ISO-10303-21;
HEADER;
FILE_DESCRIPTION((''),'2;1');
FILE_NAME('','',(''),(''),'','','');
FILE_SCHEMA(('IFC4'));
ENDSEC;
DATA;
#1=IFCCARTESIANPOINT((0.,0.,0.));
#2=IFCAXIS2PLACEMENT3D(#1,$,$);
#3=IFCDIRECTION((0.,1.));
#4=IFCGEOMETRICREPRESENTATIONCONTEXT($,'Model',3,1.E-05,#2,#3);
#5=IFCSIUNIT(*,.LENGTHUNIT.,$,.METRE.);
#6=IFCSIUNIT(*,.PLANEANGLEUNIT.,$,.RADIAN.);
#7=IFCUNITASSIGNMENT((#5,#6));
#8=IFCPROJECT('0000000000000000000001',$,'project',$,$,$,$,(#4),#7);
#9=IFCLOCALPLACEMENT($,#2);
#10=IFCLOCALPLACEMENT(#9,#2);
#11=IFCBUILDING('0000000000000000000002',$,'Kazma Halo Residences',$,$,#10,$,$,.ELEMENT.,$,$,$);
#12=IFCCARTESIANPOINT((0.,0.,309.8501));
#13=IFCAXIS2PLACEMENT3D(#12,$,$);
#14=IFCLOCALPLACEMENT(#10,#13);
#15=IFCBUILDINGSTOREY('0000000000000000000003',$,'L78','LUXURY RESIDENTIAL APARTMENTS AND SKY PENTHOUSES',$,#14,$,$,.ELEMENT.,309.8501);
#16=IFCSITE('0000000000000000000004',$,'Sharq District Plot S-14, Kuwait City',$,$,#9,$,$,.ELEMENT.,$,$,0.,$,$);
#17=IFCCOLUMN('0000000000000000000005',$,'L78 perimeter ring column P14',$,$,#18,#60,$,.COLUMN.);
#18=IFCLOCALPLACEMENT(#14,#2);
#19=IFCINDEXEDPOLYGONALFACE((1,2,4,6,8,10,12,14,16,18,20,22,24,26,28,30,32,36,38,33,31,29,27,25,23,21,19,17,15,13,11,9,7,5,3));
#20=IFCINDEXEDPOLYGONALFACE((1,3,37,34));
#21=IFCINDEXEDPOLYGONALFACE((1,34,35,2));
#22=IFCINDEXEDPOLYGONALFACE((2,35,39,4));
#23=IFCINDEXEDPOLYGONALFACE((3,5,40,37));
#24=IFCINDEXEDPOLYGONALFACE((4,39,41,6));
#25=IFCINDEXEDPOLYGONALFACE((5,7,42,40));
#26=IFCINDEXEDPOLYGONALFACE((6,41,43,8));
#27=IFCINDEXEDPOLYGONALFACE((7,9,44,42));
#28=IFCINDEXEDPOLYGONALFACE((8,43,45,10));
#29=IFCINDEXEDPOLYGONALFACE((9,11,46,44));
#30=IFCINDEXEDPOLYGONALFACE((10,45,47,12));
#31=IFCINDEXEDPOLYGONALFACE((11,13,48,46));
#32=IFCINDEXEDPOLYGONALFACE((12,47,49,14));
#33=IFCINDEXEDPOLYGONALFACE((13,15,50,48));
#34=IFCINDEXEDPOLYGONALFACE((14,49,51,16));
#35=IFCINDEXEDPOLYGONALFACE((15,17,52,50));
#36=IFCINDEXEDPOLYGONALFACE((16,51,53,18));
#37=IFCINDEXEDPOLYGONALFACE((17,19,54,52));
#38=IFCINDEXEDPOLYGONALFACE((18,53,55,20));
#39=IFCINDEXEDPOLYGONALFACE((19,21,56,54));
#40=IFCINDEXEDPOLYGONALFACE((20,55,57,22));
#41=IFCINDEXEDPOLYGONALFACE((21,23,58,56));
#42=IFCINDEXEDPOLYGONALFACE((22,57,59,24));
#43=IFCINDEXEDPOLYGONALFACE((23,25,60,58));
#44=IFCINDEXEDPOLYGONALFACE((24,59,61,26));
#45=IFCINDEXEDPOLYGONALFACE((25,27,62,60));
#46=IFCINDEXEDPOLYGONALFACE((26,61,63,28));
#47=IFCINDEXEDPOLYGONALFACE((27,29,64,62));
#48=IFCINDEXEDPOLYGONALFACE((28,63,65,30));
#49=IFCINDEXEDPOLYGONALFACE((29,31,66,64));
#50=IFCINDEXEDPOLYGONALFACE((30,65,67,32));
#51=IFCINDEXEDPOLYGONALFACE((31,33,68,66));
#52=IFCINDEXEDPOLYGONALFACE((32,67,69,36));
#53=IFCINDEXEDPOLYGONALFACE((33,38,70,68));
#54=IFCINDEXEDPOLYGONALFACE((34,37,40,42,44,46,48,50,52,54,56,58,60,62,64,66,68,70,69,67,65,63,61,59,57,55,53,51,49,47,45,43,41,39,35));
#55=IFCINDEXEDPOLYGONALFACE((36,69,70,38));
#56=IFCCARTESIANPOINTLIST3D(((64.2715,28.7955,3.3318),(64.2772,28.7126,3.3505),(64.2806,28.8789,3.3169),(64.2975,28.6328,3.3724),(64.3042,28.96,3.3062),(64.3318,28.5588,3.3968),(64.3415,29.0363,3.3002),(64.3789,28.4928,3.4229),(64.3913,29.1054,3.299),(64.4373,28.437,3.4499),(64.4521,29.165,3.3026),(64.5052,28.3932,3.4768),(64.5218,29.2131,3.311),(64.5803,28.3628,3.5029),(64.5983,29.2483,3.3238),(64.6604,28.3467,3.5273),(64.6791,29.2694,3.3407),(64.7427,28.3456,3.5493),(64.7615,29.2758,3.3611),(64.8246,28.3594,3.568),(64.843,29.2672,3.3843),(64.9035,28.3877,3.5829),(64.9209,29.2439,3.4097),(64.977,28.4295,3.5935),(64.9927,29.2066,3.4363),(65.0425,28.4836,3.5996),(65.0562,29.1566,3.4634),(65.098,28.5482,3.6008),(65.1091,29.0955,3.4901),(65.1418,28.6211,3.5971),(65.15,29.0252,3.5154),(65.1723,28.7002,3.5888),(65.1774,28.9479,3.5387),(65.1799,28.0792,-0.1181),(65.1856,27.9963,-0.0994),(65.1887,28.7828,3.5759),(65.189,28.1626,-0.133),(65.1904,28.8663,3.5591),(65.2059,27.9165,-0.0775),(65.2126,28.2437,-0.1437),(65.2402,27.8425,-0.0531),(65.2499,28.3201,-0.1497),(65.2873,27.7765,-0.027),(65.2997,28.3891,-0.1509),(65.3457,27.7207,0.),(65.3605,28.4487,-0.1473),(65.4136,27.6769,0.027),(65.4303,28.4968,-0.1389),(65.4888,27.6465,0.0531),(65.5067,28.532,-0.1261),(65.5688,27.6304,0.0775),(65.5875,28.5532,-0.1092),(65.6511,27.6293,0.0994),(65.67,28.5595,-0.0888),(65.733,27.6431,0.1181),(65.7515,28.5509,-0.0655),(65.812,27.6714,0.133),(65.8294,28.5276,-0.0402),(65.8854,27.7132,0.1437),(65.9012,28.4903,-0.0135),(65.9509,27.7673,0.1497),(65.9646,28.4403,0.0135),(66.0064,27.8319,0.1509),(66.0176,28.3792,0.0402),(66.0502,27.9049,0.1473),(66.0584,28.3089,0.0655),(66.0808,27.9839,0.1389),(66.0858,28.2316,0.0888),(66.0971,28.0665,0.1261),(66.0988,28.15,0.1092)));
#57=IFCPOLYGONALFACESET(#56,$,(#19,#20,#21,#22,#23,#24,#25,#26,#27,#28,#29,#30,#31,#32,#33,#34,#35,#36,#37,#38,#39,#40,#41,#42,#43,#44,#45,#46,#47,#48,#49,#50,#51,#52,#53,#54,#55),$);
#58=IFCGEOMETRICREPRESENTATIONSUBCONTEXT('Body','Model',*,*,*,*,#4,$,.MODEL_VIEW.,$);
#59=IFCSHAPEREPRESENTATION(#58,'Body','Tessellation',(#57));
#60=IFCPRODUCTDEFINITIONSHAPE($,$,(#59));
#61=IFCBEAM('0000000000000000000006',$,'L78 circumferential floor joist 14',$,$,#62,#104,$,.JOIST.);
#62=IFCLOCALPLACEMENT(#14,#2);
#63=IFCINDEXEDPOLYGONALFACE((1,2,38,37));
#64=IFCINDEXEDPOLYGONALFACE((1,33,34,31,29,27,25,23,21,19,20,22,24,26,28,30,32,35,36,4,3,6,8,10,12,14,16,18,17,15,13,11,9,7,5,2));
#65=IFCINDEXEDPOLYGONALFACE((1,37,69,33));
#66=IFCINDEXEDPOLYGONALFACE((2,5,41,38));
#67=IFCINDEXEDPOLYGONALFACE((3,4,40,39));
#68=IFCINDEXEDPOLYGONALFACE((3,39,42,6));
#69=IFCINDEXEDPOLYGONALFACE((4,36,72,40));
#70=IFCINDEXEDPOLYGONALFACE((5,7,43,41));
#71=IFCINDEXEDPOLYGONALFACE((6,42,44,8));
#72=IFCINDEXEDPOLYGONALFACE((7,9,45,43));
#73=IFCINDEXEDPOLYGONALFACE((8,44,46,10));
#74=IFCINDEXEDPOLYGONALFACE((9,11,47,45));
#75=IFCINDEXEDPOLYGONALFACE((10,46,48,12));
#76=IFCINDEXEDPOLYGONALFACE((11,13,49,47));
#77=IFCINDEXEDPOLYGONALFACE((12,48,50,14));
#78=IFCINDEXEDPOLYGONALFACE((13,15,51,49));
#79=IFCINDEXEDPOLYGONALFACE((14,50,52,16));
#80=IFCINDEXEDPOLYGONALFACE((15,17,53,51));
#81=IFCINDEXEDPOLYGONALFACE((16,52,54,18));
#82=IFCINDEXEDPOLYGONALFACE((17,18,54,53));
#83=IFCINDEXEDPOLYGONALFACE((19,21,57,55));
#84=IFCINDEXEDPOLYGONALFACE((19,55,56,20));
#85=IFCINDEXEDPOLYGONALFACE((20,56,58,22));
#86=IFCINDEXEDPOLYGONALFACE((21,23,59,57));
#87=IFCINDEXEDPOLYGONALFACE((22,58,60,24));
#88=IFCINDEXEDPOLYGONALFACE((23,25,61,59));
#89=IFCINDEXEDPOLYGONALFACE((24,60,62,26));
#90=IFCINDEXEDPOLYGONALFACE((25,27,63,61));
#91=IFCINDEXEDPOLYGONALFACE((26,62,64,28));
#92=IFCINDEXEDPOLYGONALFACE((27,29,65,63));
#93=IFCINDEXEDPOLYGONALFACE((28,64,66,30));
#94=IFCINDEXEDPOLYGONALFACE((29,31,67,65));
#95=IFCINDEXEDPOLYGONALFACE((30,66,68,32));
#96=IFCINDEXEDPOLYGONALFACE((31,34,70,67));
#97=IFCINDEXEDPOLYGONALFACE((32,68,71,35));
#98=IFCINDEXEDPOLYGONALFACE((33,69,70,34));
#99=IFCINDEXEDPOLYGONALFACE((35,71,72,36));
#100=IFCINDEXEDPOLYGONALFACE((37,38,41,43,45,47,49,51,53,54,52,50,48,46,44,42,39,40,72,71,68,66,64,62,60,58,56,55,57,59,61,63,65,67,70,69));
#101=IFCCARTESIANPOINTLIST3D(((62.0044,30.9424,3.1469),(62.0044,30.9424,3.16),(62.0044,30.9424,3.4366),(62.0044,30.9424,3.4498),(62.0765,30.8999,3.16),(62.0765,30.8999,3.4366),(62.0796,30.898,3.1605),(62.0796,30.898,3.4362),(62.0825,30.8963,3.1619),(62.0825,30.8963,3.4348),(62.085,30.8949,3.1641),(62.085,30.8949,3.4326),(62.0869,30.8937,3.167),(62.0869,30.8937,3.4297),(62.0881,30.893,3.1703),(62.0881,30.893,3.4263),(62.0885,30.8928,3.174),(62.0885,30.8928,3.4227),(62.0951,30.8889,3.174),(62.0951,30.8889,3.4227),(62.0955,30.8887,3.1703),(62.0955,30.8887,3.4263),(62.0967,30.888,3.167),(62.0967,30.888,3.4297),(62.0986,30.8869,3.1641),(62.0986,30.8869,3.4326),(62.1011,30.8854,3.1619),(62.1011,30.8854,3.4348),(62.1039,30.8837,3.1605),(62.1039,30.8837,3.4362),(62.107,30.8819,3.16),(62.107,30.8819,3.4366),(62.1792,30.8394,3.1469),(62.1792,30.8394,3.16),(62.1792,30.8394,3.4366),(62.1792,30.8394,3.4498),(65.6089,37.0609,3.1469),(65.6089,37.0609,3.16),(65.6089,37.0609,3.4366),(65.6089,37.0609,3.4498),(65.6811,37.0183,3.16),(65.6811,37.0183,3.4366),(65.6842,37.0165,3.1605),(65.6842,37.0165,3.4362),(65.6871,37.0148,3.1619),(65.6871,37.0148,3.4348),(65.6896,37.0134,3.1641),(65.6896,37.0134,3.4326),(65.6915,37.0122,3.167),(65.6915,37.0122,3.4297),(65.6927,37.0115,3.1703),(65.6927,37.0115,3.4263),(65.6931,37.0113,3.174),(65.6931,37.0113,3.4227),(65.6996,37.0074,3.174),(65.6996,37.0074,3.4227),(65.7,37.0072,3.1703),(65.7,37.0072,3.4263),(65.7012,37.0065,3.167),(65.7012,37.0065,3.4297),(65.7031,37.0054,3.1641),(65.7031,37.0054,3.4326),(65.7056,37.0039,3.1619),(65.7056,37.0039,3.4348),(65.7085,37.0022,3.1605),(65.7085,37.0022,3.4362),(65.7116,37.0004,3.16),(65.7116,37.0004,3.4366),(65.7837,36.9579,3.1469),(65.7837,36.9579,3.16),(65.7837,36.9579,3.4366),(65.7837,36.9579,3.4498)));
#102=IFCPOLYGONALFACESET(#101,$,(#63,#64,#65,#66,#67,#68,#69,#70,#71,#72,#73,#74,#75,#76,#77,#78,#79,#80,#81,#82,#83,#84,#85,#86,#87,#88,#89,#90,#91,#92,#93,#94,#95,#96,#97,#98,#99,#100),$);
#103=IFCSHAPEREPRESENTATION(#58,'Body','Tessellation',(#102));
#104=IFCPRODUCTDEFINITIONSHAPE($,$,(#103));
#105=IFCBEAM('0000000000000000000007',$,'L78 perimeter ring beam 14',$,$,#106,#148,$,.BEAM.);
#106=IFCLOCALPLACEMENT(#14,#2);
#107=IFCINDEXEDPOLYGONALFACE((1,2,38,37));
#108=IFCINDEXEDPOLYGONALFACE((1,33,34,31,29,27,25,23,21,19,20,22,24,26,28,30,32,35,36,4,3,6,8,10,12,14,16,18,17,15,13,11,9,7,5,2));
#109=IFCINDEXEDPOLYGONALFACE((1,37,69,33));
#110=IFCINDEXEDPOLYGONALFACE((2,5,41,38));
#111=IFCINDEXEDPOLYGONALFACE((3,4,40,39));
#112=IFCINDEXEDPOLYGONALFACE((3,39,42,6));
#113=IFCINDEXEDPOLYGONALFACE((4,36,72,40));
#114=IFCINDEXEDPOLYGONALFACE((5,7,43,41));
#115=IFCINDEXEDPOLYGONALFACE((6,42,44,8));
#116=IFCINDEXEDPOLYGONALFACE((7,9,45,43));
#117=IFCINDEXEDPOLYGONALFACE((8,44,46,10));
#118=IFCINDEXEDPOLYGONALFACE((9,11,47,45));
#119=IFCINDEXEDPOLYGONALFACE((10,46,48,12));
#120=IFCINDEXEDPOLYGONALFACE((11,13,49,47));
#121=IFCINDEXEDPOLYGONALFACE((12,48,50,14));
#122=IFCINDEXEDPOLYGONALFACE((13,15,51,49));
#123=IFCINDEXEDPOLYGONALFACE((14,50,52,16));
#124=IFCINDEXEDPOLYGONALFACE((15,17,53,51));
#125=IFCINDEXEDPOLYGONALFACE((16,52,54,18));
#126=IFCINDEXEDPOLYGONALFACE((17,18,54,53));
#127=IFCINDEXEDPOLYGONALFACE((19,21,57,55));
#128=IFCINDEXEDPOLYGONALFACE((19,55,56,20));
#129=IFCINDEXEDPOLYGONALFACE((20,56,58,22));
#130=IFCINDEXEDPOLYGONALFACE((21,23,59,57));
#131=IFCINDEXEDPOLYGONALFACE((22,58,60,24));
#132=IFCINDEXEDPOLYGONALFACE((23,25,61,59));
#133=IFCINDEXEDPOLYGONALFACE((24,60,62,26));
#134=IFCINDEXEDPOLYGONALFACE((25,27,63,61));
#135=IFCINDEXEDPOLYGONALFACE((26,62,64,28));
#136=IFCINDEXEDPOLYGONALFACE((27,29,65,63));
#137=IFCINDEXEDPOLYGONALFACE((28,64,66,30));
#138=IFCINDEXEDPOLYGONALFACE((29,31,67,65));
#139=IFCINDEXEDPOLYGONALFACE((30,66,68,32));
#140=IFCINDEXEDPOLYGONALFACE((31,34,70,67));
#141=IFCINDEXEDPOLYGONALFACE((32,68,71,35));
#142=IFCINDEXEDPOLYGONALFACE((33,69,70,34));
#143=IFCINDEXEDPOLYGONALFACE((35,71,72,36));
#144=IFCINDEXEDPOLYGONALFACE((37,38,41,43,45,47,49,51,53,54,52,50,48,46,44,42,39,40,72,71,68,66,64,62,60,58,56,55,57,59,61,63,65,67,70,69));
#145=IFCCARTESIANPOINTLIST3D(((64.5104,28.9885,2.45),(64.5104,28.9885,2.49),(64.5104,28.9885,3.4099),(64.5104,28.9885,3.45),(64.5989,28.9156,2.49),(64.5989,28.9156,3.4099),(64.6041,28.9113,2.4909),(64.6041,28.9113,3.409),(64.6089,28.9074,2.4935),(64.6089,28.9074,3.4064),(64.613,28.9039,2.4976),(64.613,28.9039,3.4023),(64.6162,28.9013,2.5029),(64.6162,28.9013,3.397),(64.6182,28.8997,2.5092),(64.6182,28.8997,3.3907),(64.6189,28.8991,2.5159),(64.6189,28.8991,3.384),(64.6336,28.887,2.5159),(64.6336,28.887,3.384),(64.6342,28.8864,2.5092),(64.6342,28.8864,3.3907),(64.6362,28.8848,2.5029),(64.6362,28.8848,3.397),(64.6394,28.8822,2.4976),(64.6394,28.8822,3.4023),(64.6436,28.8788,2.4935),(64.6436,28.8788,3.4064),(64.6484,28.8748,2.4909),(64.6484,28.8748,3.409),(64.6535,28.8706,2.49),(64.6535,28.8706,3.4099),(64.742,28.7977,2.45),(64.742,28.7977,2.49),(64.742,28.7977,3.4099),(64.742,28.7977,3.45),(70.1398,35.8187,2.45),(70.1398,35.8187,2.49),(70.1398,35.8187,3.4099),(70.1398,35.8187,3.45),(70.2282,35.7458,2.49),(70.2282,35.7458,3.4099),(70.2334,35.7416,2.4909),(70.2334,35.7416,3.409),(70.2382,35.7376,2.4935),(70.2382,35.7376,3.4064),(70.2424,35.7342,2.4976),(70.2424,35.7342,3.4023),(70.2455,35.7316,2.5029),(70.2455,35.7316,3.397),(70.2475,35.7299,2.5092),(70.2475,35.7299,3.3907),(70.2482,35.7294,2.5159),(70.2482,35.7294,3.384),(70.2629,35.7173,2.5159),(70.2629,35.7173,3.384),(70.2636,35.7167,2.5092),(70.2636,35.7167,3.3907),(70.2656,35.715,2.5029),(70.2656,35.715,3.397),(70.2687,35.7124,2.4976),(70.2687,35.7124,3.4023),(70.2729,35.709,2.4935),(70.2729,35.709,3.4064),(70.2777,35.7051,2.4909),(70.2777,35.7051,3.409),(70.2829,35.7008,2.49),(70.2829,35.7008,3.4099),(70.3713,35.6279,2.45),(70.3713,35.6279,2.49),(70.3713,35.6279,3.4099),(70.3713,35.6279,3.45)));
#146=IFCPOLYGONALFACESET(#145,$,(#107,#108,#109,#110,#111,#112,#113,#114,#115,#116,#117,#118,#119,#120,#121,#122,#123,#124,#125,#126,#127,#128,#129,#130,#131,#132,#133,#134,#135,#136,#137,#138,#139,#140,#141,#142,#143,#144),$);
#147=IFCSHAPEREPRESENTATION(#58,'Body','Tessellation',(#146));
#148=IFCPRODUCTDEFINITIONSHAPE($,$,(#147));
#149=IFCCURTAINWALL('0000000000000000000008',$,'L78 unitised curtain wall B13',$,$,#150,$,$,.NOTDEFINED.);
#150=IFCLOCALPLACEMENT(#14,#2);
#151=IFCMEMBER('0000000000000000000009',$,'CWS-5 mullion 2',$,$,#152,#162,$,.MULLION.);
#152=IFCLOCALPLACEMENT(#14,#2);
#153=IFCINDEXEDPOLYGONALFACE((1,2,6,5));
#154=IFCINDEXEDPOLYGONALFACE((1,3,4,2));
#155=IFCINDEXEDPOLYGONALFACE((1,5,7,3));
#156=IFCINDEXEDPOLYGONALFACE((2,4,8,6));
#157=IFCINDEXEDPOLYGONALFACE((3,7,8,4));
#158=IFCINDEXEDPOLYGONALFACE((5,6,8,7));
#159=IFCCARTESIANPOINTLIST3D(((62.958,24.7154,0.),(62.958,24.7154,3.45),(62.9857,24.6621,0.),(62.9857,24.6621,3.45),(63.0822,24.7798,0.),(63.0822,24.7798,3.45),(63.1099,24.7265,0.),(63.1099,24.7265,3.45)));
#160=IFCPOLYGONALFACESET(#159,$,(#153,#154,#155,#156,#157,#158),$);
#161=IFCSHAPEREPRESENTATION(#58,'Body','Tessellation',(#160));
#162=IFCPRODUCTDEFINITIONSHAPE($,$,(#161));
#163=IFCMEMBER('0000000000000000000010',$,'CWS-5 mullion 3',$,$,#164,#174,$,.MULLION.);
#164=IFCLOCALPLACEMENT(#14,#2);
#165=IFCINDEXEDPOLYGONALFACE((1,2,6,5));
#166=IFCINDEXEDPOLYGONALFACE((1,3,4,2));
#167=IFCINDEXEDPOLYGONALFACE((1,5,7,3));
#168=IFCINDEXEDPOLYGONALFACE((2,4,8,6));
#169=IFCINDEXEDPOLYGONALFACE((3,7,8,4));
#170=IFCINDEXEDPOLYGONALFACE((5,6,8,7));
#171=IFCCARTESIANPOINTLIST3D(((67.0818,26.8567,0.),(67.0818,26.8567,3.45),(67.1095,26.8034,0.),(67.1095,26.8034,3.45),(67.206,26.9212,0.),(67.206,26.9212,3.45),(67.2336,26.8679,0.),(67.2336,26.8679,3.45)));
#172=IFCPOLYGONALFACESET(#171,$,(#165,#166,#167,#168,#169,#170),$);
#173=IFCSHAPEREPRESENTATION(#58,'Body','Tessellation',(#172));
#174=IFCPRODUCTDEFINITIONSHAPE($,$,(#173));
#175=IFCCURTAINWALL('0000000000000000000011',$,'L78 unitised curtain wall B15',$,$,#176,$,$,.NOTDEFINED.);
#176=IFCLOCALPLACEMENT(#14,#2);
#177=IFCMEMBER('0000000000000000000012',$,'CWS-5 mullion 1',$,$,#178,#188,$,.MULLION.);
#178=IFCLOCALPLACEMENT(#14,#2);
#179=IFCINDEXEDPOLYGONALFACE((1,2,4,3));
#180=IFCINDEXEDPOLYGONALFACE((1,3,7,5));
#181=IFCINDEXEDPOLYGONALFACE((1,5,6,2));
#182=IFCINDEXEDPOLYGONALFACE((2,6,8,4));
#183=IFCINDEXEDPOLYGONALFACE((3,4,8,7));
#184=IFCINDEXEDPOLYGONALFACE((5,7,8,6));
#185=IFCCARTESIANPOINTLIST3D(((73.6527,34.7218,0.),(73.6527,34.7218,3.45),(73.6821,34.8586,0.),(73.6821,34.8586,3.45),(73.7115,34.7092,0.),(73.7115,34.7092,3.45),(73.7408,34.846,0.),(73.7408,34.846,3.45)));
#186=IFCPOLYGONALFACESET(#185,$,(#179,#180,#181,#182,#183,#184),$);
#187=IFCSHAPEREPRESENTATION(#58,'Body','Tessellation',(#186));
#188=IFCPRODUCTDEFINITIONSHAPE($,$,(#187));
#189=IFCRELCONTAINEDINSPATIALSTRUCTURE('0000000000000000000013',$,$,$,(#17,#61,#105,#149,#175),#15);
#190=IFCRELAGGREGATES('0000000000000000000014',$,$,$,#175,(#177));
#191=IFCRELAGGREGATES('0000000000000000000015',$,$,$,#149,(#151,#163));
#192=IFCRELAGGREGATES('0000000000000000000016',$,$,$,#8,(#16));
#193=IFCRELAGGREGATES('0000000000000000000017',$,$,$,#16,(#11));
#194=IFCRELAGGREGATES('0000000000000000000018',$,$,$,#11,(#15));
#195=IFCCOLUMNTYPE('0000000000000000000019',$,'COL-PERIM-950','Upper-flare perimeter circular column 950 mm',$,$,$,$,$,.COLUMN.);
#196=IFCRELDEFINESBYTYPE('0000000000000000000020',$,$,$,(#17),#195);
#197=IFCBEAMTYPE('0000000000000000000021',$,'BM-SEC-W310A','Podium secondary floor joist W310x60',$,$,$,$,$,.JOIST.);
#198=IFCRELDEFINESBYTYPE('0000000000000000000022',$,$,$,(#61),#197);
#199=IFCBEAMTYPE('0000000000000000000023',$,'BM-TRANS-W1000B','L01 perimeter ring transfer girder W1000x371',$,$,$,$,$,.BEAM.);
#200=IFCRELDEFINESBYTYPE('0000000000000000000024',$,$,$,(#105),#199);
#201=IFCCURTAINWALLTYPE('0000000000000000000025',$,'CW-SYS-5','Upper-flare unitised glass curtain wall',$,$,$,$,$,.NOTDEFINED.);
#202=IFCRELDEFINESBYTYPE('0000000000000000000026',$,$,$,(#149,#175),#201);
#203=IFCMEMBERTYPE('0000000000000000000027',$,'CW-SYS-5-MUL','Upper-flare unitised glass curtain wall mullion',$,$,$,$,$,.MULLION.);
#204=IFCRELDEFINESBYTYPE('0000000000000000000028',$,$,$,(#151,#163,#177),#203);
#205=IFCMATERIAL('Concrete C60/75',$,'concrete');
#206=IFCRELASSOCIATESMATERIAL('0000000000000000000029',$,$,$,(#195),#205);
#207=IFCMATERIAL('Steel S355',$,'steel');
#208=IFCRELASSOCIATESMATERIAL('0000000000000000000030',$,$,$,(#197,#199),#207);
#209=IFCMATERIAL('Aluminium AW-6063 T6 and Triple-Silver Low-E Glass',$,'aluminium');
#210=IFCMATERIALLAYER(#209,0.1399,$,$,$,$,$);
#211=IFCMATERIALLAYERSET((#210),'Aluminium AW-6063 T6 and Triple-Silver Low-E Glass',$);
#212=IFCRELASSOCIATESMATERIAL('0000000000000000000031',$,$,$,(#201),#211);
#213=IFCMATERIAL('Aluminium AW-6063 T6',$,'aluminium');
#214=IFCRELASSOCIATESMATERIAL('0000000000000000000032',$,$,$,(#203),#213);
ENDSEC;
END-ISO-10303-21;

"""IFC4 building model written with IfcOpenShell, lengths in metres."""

from ifc_helpers import new_model, si_unit, direction, frame, origin, origin_2d, place, context, subcontext, project, spatial, rectangle, circle, i_section, extrude, material, layer, layer_set, material_profile, profile_set, type_object, element, aggregate, save


model = new_model("IFC4")

# Units and contexts
model_context = context("Model", 3, precision=1e-05, world=origin(), true_north=direction((0.0, 1.0)))
body_context = subcontext(model_context, "Body", "Model", "MODEL_VIEW")
ifc_project = project(units=[si_unit("LENGTHUNIT", "METRE"), si_unit("PLANEANGLEUNIT", "RADIAN")], contexts=[model_context])

# Site, building, storey
site_placement = place(None, origin())
site = spatial("IfcSite", under=ifc_project, at=site_placement, Name="Sharq District Plot S-14, Kuwait City", CompositionType="ELEMENT", RefElevation=0.0)
building_placement = place(site_placement, origin())
building = spatial("IfcBuilding", under=site, at=building_placement, Name="Kazma Halo Residences", CompositionType="ELEMENT")
storey_placement = place(building_placement, frame((0.0, 0.0, 309.8501)))
storey = spatial("IfcBuildingStorey", under=building, at=storey_placement, Name="L78", Description="LUXURY RESIDENTIAL APARTMENTS AND SKY PENTHOUSES", CompositionType="ELEMENT", Elevation=309.8501)

# Column
ifc_material_1 = material(Name="Concrete C60/75", Category="concrete")
ifc_material_profile_1 = material_profile(ifc_material_1, circle(Radius=0.4751, at=origin_2d()), Name="CIRC950")
ifc_profile_set_1 = profile_set([ifc_material_profile_1], Name="Concrete C60/75")
column_type = type_object("IfcColumnType", Name="COL-PERIM-950", Description="Upper-flare perimeter circular column 950 mm", PredefinedType="COLUMN", material=ifc_profile_set_1)
column_placement = place(storey_placement, frame((65.6399, 28.0938, 0.0), z_axis=(-0.249659, 0.196855, 0.948113), x_axis=(-0.619172, -0.785255, 0.0)))
element("IfcColumn", 1, at=column_placement, inside=storey, type_object=column_type, Name="L78 perimeter ring column P14", PredefinedType="COLUMN", context=body_context, shape_type="SweptSolid", body=[
    extrude(circle(Radius=0.4751, at=origin_2d()), origin(), (0.0, 0.0, 1.0), 3.6387),
])

# Beams
ifc_material_2 = material(Name="Steel S355", Category="steel")
ifc_material_profile_2 = material_profile(ifc_material_2, i_section(OverallWidth=0.2029, OverallDepth=0.303, WebThickness=0.0076, FlangeThickness=0.0132, FilletRadius=0.0139, at=origin_2d()), Name="W310x60")
ifc_profile_set_2 = profile_set([ifc_material_profile_2], Name="Steel S355")
beam_type_1 = type_object("IfcBeamType", Name="BM-SEC-W310A", Description="Podium secondary floor joist W310x60", PredefinedType="JOIST", material=ifc_profile_set_2)
beam_1_placement = place(storey_placement, frame((62.0918, 30.8909, 3.2983), z_axis=(0.507588, 0.8616, 0.0), x_axis=(-0.8616, 0.507588, 0.0)))
element("IfcBeam", 2, at=beam_1_placement, inside=storey, type_object=beam_type_1, Name="L78 circumferential floor joist 14", PredefinedType="JOIST", context=body_context, shape_type="SweptSolid", body=[
    extrude(i_section(OverallWidth=0.2029, OverallDepth=0.303, WebThickness=0.0076, FlangeThickness=0.0132, FilletRadius=0.0139, at=origin_2d()), origin(), (0.0, 0.0, 1.0), 7.1013),
])
ifc_material_profile_3 = material_profile(ifc_material_2, i_section(OverallWidth=0.3, OverallDepth=1.0, WebThickness=0.019, FlangeThickness=0.04, FilletRadius=0.0259, at=origin_2d()), Name="W1000x371")
ifc_profile_set_3 = profile_set([ifc_material_profile_3], Name="Steel S355")
beam_type_2 = type_object("IfcBeamType", Name="BM-TRANS-W1000B", Description="L01 perimeter ring transfer girder W1000x371", PredefinedType="BEAM", material=ifc_profile_set_3)
beam_2_placement = place(storey_placement, frame((64.6262, 28.8931, 2.95), z_axis=(0.636005, 0.771685, 0.0), x_axis=(-0.771685, 0.636005, 0.0)))
element("IfcBeam", 3, at=beam_2_placement, inside=storey, type_object=beam_type_2, Name="L78 perimeter ring beam 14", PredefinedType="BEAM", context=body_context, shape_type="SweptSolid", body=[
    extrude(i_section(OverallWidth=0.3, OverallDepth=1.0, WebThickness=0.019, FlangeThickness=0.04, FilletRadius=0.0259, at=origin_2d()), origin(), (0.0, 0.0, 1.0), 8.8511),
])

# Curtain wall, members
ifc_material_3 = material(Name="Aluminium AW-6063 T6 and Triple-Silver Low-E Glass", Category="aluminium")
ifc_layer_1 = layer(ifc_material_3, 0.1399)
ifc_layer_set_1 = layer_set([ifc_layer_1], Name="Aluminium AW-6063 T6 and Triple-Silver Low-E Glass")
curtain_wall_type = type_object("IfcCurtainWallType", Name="CW-SYS-5", Description="Upper-flare unitised glass curtain wall", PredefinedType="NOTDEFINED", material=ifc_layer_set_1)
curtain_wall_1_placement = place(storey_placement, origin())
curtain_wall_1 = element("IfcCurtainWall", 4, at=curtain_wall_1_placement, inside=storey, type_object=curtain_wall_type, Name="L78 unitised curtain wall B13", PredefinedType="NOTDEFINED")
ifc_material_4 = material(Name="Aluminium AW-6063 T6", Category="aluminium")
ifc_material_profile_4 = material_profile(ifc_material_4, rectangle(XDim=0.0601, YDim=0.1399, at=origin_2d()), Name="CWM-60x140")
ifc_profile_set_4 = profile_set([ifc_material_profile_4], Name="Aluminium AW-6063 T6")
member_type_1 = type_object("IfcMemberType", Name="CW-SYS-5-MUL", Description="Upper-flare unitised glass curtain wall mullion", PredefinedType="MULLION", material=ifc_profile_set_4)
member_1_placement = place(storey_placement, frame((63.0339, 24.7209, 0.0), z_axis=(0.0, 0.0, 1.0), x_axis=(-0.460859, 0.887473, 0.0)))
member_1 = element("IfcMember", 5, at=member_1_placement, type_object=member_type_1, Name="CWS-5 mullion 2", PredefinedType="MULLION", context=body_context, shape_type="SweptSolid", body=[
    extrude(rectangle(XDim=0.0601, YDim=0.1399, at=origin_2d()), origin(), (0.0, 0.0, 1.0), 3.45),
])
member_2_placement = place(storey_placement, frame((67.1577, 26.8623, 0.0), z_axis=(0.0, 0.0, 1.0), x_axis=(-0.460859, 0.887473, 0.0)))
member_2 = element("IfcMember", 6, at=member_2_placement, type_object=member_type_1, Name="CWS-5 mullion 3", PredefinedType="MULLION", context=body_context, shape_type="SweptSolid", body=[
    extrude(rectangle(XDim=0.0601, YDim=0.1399, at=origin_2d()), origin(), (0.0, 0.0, 1.0), 3.45),
])

# Curtain wall, member
curtain_wall_2_placement = place(storey_placement, origin())
curtain_wall_2 = element("IfcCurtainWall", 7, at=curtain_wall_2_placement, inside=storey, type_object=curtain_wall_type, Name="L78 unitised curtain wall B15", PredefinedType="NOTDEFINED")
member_3_placement = place(storey_placement, frame((73.6968, 34.7839, 0.0), z_axis=(0.0, 0.0, 1.0), x_axis=(-0.977766, 0.209698, 0.0)))
member_3 = element("IfcMember", 8, at=member_3_placement, type_object=member_type_1, Name="CWS-5 mullion 1", PredefinedType="MULLION", context=body_context, shape_type="SweptSolid", body=[
    extrude(rectangle(XDim=0.0601, YDim=0.1399, at=origin_2d()), origin(), (0.0, 0.0, 1.0), 3.45),
])
aggregate(curtain_wall_2, [member_3])

aggregate(curtain_wall_1, [member_1, member_2])

save(model, "model.ifc")
